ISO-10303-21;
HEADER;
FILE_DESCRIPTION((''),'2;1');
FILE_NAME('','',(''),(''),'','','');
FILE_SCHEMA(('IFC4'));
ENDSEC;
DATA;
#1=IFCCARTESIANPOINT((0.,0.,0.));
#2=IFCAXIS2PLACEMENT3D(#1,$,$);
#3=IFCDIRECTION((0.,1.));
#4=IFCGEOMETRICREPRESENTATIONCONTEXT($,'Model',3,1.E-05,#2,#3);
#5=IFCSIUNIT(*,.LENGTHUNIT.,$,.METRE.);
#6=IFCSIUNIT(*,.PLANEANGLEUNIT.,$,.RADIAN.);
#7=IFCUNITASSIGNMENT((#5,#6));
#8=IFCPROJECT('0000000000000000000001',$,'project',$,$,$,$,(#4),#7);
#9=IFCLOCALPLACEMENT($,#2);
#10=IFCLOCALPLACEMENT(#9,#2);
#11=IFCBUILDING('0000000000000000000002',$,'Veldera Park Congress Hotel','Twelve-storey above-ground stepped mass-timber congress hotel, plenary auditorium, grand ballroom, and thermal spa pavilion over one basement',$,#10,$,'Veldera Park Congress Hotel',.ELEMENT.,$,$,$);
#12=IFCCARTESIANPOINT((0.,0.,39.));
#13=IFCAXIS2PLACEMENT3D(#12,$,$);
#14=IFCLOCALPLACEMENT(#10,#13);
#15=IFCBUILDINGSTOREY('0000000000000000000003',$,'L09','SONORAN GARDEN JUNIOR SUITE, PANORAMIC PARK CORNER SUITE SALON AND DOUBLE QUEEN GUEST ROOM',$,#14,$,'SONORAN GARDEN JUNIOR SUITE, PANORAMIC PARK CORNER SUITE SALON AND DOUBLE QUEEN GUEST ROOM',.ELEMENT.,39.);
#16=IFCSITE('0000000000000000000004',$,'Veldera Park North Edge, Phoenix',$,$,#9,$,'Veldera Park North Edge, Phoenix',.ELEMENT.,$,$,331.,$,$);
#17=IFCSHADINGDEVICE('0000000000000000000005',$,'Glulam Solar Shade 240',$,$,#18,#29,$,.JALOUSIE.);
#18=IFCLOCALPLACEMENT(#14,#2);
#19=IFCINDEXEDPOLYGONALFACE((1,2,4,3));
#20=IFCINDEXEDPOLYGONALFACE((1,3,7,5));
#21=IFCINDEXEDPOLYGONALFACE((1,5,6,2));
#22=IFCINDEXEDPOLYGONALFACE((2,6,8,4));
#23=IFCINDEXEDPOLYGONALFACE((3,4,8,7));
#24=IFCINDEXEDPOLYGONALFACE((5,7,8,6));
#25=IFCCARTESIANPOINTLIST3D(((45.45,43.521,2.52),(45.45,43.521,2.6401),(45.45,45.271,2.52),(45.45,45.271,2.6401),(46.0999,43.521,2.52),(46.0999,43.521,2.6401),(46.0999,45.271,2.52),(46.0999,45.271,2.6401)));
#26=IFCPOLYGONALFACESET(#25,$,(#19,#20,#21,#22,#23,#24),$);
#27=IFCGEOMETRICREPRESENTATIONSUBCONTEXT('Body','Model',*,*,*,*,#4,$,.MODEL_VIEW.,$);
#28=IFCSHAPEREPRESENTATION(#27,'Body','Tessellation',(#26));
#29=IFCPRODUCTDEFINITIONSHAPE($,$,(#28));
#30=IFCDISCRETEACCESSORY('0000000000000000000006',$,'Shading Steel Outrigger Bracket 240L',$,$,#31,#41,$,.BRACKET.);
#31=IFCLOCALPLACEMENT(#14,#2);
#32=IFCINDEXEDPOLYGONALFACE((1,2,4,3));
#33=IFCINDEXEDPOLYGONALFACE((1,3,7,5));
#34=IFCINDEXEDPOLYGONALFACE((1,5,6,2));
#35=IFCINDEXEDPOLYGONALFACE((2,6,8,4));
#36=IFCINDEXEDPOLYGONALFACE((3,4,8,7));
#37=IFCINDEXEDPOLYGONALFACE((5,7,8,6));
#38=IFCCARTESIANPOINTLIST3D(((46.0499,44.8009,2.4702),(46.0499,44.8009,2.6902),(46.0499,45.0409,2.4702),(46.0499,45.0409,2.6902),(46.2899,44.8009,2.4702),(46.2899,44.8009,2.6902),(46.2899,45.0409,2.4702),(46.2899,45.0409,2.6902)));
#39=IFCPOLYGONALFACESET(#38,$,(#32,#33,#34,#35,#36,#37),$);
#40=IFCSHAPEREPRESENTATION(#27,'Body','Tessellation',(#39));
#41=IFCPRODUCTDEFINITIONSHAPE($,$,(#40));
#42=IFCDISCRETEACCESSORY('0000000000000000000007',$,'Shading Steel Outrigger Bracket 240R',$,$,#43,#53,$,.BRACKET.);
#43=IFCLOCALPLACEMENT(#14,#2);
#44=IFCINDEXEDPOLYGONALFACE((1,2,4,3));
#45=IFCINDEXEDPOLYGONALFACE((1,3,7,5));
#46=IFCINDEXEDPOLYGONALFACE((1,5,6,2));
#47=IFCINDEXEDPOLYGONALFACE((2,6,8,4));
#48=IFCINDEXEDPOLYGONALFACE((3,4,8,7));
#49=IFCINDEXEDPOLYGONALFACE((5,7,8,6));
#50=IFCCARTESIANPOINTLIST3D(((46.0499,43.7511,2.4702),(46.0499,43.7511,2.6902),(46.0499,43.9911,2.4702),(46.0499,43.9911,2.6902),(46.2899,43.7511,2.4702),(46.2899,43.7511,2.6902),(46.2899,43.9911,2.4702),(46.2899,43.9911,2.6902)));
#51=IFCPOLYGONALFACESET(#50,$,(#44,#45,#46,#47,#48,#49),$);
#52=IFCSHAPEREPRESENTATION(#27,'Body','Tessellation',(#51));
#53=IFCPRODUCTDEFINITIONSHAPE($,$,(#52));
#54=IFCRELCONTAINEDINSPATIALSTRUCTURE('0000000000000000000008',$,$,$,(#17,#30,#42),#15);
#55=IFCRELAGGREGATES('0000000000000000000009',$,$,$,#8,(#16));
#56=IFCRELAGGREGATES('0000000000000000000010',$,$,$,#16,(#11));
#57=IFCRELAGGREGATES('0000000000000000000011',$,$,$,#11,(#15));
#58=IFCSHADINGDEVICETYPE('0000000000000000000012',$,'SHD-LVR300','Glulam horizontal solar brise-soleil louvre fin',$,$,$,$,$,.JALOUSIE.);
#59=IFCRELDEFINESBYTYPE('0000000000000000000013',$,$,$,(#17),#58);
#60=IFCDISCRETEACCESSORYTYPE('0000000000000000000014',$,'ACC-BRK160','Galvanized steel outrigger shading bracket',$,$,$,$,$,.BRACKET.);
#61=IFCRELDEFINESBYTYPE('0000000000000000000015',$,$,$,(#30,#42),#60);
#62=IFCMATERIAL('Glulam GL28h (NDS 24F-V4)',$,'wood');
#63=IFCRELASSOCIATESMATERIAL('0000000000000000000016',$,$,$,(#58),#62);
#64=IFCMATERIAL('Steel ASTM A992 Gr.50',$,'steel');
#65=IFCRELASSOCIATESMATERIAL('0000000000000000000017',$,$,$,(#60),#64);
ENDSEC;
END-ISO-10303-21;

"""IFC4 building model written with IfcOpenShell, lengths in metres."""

from ifc_helpers import new_model, si_unit, direction, frame, origin, origin_2d, place, context, subcontext, project, spatial, rectangle, extrude, material, type_object, element, save


model = new_model("IFC4")

# Units and contexts
model_context = context("Model", 3, precision=1e-05, world=origin(), true_north=direction((0.0, 1.0)))
body_context = subcontext(model_context, "Body", "Model", "MODEL_VIEW")
ifc_project = project(units=[si_unit("LENGTHUNIT", "METRE"), si_unit("PLANEANGLEUNIT", "RADIAN")], contexts=[model_context])

# Site, building, storey
site_placement = place(None, origin())
site = spatial("IfcSite", under=ifc_project, at=site_placement, Name="Veldera Park North Edge, Phoenix", LongName="Veldera Park North Edge, Phoenix", CompositionType="ELEMENT", RefElevation=331.0)
building_placement = place(site_placement, origin())
building = spatial("IfcBuilding", under=site, at=building_placement, Name="Veldera Park Congress Hotel", Description="Twelve-storey above-ground stepped mass-timber congress hotel, plenary auditorium, grand ballroom, and thermal spa pavilion over one basement", LongName="Veldera Park Congress Hotel", CompositionType="ELEMENT")
storey_placement = place(building_placement, frame((0.0, 0.0, 39.0)))
storey = spatial("IfcBuildingStorey", under=building, at=storey_placement, Name="L09", Description="SONORAN GARDEN JUNIOR SUITE, PANORAMIC PARK CORNER SUITE SALON AND DOUBLE QUEEN GUEST ROOM", LongName="SONORAN GARDEN JUNIOR SUITE, PANORAMIC PARK CORNER SUITE SALON AND DOUBLE QUEEN GUEST ROOM", CompositionType="ELEMENT", Elevation=39.0)

# Shared definitions
ifc_material_1 = material(Name="Glulam GL28h (NDS 24F-V4)", Category="wood")

# Shading device
shading_device_type = type_object("IfcShadingDeviceType", Name="SHD-LVR300", Description="Glulam horizontal solar brise-soleil louvre fin", PredefinedType="JALOUSIE", material=ifc_material_1)
shading_device_placement = place(storey_placement, frame((45.7749, 44.396, 2.52), z_axis=(0.0, 0.0, 1.0), x_axis=(0.0, -1.0, 0.0)))
element("IfcShadingDevice", 1, at=shading_device_placement, inside=storey, type_object=shading_device_type, Name="Glulam Solar Shade 240", PredefinedType="JALOUSIE", context=body_context, shape_type="SweptSolid", body=[
    extrude(rectangle(XDim=1.75, YDim=0.6499, at=origin_2d()), origin(), (0.0, 0.0, 1.0), 0.1201),
])

# Discrete accessories
ifc_material_2 = material(Name="Steel ASTM A992 Gr.50", Category="steel")
discrete_accessory_type = type_object("IfcDiscreteAccessoryType", Name="ACC-BRK160", Description="Galvanized steel outrigger shading bracket", PredefinedType="BRACKET", material=ifc_material_2)
for number, where, z_axis, x_axis, name in (
    (2, (46.1699, 44.9209, 2.4702), (0.0, 0.0, 1.0), (0.0, -1.0, 0.0), "Shading Steel Outrigger Bracket 240L"),
    (3, (46.1699, 43.8711, 2.4702), (0.0, 0.0, 1.0), (0.0, -1.0, 0.0), "Shading Steel Outrigger Bracket 240R"),
):
    element("IfcDiscreteAccessory", number, at=place(storey_placement, frame(where, z_axis=z_axis, x_axis=x_axis)), inside=storey, type_object=discrete_accessory_type, Name=name, PredefinedType="BRACKET", context=body_context, shape_type="SweptSolid", body=[
        extrude(rectangle(XDim=0.24, YDim=0.24, at=origin_2d()), origin(), (0.0, 0.0, 1.0), 0.22),
    ])

save(model, "model.ifc")
